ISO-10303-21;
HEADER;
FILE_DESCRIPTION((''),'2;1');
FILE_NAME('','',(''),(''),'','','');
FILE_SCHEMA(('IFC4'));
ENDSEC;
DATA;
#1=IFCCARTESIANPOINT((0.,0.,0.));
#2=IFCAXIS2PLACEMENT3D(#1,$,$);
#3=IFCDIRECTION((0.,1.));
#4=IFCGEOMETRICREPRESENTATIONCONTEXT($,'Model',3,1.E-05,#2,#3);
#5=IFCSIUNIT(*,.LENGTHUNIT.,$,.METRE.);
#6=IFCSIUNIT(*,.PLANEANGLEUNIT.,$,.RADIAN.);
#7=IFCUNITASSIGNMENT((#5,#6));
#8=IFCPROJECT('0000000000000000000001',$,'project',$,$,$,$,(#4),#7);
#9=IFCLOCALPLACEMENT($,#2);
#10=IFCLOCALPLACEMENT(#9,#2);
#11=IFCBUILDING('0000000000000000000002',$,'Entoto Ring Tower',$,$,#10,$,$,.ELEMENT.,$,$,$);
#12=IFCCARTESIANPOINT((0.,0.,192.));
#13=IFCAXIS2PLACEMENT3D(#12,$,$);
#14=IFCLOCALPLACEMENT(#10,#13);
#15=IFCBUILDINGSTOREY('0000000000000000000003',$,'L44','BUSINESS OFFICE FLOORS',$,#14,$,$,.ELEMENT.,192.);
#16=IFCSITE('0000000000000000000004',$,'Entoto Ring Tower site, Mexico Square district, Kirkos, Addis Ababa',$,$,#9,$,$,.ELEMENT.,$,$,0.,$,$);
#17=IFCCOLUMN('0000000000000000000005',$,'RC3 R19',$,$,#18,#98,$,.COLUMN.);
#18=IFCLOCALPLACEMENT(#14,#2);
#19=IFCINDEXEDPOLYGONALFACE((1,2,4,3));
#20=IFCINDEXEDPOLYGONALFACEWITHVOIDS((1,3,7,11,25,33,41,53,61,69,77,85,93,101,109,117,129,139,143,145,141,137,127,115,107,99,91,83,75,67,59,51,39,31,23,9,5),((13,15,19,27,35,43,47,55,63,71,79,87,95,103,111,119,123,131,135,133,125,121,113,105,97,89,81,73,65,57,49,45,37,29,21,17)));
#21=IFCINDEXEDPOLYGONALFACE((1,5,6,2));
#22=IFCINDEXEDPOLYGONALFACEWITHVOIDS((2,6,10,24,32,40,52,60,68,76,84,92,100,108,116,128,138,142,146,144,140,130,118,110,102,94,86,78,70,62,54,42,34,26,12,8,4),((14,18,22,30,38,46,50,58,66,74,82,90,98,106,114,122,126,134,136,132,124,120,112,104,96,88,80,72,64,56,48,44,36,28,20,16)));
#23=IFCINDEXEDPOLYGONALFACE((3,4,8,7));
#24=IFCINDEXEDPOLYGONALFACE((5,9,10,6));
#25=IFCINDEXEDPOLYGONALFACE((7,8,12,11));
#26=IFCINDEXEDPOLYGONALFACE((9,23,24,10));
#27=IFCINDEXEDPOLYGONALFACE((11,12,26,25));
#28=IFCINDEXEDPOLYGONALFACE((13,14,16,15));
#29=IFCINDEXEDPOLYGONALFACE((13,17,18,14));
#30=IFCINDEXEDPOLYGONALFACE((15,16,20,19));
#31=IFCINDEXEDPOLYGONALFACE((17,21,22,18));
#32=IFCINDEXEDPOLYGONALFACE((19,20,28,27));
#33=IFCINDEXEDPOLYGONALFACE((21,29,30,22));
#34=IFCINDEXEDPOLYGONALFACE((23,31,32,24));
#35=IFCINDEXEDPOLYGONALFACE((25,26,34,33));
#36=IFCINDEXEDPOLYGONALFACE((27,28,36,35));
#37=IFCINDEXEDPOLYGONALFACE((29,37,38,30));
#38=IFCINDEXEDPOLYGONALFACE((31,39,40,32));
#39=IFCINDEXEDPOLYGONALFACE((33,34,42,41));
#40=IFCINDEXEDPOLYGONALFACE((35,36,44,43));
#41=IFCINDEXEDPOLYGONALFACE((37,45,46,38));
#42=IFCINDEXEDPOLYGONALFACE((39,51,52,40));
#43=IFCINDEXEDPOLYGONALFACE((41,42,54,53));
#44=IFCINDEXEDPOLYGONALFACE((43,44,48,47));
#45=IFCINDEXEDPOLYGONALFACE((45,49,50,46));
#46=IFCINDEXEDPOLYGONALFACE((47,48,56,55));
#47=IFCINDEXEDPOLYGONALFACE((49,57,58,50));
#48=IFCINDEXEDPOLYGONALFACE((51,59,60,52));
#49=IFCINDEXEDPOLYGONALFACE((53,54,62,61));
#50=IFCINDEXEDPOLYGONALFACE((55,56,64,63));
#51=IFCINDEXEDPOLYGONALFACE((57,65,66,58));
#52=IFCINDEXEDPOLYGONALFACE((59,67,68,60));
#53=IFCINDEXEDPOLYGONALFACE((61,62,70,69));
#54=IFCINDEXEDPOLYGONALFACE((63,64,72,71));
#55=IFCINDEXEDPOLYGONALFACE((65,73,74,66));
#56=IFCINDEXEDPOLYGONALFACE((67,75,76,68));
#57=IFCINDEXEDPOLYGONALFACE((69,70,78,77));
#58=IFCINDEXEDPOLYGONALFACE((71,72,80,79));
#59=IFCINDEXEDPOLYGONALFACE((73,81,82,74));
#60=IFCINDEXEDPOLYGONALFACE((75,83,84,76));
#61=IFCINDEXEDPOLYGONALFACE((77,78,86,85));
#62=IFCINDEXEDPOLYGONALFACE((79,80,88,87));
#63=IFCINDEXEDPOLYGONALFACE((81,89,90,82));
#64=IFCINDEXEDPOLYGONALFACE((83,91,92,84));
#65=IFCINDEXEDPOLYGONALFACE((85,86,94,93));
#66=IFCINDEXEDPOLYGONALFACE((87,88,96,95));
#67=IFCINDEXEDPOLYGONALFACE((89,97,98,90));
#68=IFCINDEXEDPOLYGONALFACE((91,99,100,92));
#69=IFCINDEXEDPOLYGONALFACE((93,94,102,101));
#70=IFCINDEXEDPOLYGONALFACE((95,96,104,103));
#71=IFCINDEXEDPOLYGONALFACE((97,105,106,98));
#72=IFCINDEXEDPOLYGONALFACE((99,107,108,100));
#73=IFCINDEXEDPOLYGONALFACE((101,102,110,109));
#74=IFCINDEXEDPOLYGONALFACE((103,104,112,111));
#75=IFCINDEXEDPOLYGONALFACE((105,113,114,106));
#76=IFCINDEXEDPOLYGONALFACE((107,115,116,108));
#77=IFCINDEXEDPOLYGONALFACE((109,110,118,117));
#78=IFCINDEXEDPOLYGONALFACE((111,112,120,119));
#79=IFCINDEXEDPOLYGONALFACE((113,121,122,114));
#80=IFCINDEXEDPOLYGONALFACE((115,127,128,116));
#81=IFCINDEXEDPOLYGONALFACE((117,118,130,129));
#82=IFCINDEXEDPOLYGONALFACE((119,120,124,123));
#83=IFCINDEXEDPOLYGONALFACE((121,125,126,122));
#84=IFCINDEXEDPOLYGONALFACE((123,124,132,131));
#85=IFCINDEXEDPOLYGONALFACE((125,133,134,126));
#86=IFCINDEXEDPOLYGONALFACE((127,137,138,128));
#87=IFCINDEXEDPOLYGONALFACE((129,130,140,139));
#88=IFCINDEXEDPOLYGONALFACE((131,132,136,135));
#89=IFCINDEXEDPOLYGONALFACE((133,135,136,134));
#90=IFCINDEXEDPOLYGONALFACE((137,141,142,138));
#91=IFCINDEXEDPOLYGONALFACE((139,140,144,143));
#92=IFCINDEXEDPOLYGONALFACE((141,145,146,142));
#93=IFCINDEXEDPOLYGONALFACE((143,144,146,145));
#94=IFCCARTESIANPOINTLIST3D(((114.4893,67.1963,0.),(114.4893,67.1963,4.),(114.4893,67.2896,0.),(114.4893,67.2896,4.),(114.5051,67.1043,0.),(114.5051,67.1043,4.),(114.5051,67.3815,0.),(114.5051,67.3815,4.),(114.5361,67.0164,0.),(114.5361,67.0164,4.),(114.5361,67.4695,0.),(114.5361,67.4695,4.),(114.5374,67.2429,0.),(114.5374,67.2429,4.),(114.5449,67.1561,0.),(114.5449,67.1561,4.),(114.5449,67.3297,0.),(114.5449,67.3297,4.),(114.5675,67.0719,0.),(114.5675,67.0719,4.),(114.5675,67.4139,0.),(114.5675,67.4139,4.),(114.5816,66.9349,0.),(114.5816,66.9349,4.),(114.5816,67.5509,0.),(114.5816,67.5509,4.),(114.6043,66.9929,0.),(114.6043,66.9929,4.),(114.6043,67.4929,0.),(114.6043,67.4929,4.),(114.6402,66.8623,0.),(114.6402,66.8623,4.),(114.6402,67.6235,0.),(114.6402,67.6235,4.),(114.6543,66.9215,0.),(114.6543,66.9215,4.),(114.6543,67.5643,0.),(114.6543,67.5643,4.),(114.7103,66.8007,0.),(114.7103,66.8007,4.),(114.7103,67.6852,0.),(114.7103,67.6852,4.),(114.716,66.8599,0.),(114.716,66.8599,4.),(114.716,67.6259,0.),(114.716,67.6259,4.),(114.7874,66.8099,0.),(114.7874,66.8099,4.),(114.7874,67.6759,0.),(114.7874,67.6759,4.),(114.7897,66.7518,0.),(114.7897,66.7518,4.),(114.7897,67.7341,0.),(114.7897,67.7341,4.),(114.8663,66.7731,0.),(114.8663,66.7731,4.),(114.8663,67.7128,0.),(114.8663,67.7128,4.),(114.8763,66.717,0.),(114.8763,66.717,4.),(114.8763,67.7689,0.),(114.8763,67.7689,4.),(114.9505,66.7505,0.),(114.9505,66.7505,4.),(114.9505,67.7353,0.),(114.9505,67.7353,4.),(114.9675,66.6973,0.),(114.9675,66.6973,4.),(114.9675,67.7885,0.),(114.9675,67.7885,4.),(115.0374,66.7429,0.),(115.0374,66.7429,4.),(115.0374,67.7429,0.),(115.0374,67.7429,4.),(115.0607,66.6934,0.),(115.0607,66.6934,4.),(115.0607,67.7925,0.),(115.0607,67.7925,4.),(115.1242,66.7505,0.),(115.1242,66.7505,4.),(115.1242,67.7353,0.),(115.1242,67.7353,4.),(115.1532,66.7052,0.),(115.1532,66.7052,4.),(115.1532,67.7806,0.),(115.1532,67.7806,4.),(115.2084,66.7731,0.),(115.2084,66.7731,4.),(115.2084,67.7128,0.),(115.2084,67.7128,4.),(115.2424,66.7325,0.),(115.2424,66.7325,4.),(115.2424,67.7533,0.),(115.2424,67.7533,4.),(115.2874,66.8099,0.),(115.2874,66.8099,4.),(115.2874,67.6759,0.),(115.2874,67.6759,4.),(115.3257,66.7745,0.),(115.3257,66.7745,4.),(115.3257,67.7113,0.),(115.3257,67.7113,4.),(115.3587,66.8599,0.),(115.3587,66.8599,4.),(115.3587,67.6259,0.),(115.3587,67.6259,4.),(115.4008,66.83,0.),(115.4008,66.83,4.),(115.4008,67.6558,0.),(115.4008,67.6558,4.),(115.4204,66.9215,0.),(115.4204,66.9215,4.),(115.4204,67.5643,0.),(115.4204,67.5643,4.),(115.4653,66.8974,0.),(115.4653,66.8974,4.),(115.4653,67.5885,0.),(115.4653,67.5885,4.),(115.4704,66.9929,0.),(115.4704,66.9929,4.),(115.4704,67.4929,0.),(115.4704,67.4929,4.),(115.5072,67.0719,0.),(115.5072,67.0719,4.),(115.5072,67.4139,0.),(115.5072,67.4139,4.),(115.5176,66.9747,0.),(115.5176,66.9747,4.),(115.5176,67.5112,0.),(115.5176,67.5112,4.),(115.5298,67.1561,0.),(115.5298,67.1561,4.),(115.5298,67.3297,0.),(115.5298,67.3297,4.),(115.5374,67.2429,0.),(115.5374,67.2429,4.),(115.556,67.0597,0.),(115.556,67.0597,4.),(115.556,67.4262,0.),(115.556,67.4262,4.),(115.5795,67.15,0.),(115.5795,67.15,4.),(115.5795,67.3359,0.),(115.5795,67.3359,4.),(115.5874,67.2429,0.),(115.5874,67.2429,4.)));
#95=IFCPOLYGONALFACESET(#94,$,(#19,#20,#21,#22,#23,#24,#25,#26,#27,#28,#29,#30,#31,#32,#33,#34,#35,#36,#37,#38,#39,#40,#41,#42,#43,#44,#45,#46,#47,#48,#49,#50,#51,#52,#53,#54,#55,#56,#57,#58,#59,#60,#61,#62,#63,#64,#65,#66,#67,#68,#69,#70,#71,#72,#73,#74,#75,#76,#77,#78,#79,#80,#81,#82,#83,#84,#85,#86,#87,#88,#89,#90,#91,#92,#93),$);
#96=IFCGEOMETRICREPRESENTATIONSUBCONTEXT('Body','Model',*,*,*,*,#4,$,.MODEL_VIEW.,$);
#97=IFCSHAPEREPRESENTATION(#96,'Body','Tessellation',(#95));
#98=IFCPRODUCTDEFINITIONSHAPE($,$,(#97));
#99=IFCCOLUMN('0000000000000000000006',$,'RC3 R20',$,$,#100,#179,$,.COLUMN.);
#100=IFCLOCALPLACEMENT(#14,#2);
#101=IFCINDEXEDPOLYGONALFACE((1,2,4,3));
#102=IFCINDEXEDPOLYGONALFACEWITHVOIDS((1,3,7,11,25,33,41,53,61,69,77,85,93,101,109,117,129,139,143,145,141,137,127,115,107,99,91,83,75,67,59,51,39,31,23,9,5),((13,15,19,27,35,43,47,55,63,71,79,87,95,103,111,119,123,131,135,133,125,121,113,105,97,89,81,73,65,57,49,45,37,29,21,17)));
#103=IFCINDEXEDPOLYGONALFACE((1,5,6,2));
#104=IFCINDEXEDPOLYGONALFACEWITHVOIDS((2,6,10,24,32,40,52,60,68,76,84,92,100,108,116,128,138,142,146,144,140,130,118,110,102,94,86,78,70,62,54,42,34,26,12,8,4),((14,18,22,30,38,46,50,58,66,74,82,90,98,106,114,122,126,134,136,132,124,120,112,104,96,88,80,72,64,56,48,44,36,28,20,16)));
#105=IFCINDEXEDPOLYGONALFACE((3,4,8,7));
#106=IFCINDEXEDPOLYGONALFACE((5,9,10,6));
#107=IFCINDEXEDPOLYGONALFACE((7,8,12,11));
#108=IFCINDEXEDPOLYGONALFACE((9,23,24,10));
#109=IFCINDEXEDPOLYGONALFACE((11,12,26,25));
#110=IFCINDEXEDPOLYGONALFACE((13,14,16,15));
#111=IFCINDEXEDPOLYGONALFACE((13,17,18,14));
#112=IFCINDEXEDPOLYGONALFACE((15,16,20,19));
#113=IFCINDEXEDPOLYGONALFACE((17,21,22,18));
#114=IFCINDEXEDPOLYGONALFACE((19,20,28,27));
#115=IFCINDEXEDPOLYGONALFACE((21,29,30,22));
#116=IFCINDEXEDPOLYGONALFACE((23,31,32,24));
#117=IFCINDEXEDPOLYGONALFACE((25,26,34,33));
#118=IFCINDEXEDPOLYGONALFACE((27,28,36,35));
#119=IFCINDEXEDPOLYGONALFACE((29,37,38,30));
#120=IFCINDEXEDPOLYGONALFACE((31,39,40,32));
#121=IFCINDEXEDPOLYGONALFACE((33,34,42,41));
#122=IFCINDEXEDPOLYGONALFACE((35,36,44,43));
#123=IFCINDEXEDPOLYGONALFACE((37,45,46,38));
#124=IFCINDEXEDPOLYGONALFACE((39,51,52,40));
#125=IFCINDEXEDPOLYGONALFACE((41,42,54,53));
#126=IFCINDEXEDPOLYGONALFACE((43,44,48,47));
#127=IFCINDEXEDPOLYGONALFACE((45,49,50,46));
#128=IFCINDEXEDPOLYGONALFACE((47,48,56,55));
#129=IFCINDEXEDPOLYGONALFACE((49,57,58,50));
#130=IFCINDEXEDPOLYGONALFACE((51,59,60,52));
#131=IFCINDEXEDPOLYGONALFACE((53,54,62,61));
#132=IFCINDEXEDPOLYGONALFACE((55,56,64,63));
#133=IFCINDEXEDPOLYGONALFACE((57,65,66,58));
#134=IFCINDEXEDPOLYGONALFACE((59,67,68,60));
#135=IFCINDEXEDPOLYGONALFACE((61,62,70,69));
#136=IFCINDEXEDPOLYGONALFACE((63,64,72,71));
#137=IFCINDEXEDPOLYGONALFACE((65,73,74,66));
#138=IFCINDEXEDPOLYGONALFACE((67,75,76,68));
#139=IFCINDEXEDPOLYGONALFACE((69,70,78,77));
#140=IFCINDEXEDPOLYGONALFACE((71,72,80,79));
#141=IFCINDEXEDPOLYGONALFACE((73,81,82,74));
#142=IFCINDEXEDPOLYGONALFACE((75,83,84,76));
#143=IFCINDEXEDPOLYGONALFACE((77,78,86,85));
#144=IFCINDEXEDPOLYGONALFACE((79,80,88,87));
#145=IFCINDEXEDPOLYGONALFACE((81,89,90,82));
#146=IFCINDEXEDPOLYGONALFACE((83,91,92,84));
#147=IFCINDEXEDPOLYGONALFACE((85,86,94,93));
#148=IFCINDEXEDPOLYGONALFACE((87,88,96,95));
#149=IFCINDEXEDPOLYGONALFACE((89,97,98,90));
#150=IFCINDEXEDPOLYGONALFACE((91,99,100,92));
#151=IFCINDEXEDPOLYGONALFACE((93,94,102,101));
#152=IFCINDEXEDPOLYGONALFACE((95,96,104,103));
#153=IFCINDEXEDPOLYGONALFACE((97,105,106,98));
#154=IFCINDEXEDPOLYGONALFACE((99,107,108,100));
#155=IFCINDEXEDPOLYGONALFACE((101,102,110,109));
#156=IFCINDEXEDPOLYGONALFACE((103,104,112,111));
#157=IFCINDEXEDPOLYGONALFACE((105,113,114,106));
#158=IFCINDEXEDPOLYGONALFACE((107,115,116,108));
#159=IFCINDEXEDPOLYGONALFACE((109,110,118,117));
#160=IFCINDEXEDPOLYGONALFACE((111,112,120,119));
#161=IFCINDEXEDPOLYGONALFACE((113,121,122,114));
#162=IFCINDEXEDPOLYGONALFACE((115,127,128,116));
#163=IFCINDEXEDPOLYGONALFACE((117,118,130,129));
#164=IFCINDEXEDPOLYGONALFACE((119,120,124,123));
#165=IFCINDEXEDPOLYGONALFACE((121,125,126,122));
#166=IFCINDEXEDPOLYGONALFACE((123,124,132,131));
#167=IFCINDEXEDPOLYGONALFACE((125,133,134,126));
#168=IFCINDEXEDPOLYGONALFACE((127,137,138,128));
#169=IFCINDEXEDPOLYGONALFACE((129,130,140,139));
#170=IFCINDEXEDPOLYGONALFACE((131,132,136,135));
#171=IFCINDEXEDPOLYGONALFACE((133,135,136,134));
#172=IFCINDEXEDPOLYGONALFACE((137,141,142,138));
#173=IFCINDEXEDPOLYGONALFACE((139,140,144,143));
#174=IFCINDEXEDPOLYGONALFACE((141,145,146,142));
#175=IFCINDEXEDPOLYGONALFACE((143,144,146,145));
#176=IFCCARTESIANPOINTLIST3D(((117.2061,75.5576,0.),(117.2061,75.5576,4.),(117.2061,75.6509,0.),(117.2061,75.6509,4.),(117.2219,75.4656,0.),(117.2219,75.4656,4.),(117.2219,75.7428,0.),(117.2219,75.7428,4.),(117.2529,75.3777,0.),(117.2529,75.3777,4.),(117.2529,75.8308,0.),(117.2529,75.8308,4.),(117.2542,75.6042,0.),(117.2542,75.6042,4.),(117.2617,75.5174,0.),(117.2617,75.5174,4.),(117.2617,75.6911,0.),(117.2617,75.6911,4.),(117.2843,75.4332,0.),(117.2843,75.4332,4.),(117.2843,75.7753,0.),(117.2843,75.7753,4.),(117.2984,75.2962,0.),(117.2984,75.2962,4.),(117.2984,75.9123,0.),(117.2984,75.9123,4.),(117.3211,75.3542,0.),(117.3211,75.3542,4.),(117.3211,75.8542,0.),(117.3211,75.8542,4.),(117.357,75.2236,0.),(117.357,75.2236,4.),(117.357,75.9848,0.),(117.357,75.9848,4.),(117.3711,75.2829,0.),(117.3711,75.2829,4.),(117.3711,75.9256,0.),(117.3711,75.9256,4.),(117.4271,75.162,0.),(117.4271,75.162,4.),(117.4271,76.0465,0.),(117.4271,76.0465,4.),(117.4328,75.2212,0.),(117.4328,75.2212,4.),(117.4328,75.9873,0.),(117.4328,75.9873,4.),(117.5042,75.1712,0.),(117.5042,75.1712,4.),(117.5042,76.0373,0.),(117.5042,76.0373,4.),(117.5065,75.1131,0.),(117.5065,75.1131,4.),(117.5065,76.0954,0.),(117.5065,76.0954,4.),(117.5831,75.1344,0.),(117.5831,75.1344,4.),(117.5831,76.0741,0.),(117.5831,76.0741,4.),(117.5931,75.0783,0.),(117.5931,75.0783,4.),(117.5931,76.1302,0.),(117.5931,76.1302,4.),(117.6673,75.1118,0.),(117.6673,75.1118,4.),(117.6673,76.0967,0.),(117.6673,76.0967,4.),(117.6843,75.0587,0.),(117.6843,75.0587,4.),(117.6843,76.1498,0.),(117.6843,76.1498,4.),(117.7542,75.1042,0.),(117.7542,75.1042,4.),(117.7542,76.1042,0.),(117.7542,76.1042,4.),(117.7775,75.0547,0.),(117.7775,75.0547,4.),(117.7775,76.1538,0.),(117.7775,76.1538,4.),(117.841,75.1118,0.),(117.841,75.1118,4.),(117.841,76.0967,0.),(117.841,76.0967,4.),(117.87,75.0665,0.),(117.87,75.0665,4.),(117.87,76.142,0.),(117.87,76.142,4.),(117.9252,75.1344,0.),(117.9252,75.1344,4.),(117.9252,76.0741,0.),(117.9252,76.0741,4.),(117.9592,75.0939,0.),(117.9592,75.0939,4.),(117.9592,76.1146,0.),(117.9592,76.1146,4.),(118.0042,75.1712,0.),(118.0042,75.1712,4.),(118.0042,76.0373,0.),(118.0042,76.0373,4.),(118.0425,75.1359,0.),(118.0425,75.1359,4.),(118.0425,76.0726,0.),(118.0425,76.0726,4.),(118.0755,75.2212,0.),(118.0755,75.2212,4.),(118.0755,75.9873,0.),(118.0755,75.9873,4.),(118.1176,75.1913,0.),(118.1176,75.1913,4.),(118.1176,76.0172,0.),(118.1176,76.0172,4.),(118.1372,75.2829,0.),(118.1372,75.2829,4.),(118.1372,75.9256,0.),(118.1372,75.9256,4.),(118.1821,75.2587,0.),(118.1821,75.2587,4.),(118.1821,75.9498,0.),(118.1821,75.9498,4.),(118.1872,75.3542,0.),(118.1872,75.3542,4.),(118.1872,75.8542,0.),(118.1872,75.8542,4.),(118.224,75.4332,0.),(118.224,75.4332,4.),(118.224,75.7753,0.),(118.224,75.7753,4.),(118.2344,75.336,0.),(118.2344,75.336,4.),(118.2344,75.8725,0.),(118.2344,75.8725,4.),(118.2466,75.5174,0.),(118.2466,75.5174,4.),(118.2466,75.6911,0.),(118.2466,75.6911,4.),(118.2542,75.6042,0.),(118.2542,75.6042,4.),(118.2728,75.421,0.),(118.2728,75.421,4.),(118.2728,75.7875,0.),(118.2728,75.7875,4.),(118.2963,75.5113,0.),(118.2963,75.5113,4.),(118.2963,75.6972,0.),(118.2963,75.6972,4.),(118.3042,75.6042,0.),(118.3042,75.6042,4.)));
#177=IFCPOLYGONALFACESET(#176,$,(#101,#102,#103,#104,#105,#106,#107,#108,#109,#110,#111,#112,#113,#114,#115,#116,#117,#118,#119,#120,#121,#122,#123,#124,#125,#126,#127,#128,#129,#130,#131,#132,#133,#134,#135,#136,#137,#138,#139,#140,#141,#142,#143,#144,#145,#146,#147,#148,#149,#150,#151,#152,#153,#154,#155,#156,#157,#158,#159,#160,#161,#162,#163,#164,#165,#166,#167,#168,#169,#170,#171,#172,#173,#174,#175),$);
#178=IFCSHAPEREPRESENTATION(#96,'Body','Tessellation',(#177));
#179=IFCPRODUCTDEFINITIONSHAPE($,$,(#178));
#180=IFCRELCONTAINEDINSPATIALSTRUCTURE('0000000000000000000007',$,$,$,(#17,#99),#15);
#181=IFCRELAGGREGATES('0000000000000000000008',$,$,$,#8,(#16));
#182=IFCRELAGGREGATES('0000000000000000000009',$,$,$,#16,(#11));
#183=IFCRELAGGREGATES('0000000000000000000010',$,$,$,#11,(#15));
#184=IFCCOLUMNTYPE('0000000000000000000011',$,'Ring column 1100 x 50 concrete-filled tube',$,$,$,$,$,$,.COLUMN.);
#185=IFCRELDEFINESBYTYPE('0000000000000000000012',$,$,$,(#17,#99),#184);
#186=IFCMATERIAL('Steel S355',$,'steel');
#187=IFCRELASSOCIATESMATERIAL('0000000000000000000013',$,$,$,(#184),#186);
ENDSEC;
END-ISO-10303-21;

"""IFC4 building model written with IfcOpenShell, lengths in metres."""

from ifc_helpers import new_model, si_unit, direction, frame, origin, origin_2d, place, context, subcontext, project, spatial, circle, hollow_circle, extrude, material, material_profile, profile_set, type_object, element, save


model = new_model("IFC4")

# Units and contexts
model_context = context("Model", 3, precision=1e-05, world=origin(), true_north=direction((0.0, 1.0)))
body_context = subcontext(model_context, "Body", "Model", "MODEL_VIEW")
ifc_project = project(units=[si_unit("LENGTHUNIT", "METRE"), si_unit("PLANEANGLEUNIT", "RADIAN")], contexts=[model_context])

# Site, building, storey
site_placement = place(None, origin())
site = spatial("IfcSite", under=ifc_project, at=site_placement, Name="Entoto Ring Tower site, Mexico Square district, Kirkos, Addis Ababa", CompositionType="ELEMENT", RefElevation=0.0)
building_placement = place(site_placement, origin())
building = spatial("IfcBuilding", under=site, at=building_placement, Name="Entoto Ring Tower", CompositionType="ELEMENT")
storey_placement = place(building_placement, frame((0.0, 0.0, 192.0)))
storey = spatial("IfcBuildingStorey", under=building, at=storey_placement, Name="L44", Description="BUSINESS OFFICE FLOORS", CompositionType="ELEMENT", Elevation=192.0)

# Columns
ifc_material_1 = material(Name="Steel S355", Category="steel")
ifc_material_profile_1 = material_profile(ifc_material_1, hollow_circle(Radius=0.55, WallThickness=0.05, at=origin_2d()), Name="CHS 1100 x 50")
ifc_material_2 = material(Name="Concrete C60/75", Category="concrete")
ifc_material_profile_2 = material_profile(ifc_material_2, circle(Radius=0.5, at=origin_2d()), Name="Concrete C60/75 infill")
ifc_profile_set_1 = profile_set([ifc_material_profile_1, ifc_material_profile_2], Name="Steel S355")
column_type = type_object("IfcColumnType", Name="Ring column 1100 x 50 concrete-filled tube", PredefinedType="COLUMN", material=ifc_profile_set_1)
for number, where, z_axis, x_axis, name in (
    (1, (115.0374, 67.2429, 0.0), (0.0, 0.0, 1.0), (1.0, 0.0, 0.0), "RC3 R19"),
    (2, (117.7542, 75.6042, 0.0), (0.0, 0.0, 1.0), (1.0, 0.0, 0.0), "RC3 R20"),
):
    element("IfcColumn", number, at=place(storey_placement, frame(where, z_axis=z_axis, x_axis=x_axis)), inside=storey, type_object=column_type, Name=name, PredefinedType="COLUMN", context=body_context, shape_type="SweptSolid", body=[
        extrude(hollow_circle(Radius=0.55, WallThickness=0.05, at=origin_2d()), origin(), (0.0, 0.0, 1.0), 4.0),
    ])

save(model, "model.ifc")
